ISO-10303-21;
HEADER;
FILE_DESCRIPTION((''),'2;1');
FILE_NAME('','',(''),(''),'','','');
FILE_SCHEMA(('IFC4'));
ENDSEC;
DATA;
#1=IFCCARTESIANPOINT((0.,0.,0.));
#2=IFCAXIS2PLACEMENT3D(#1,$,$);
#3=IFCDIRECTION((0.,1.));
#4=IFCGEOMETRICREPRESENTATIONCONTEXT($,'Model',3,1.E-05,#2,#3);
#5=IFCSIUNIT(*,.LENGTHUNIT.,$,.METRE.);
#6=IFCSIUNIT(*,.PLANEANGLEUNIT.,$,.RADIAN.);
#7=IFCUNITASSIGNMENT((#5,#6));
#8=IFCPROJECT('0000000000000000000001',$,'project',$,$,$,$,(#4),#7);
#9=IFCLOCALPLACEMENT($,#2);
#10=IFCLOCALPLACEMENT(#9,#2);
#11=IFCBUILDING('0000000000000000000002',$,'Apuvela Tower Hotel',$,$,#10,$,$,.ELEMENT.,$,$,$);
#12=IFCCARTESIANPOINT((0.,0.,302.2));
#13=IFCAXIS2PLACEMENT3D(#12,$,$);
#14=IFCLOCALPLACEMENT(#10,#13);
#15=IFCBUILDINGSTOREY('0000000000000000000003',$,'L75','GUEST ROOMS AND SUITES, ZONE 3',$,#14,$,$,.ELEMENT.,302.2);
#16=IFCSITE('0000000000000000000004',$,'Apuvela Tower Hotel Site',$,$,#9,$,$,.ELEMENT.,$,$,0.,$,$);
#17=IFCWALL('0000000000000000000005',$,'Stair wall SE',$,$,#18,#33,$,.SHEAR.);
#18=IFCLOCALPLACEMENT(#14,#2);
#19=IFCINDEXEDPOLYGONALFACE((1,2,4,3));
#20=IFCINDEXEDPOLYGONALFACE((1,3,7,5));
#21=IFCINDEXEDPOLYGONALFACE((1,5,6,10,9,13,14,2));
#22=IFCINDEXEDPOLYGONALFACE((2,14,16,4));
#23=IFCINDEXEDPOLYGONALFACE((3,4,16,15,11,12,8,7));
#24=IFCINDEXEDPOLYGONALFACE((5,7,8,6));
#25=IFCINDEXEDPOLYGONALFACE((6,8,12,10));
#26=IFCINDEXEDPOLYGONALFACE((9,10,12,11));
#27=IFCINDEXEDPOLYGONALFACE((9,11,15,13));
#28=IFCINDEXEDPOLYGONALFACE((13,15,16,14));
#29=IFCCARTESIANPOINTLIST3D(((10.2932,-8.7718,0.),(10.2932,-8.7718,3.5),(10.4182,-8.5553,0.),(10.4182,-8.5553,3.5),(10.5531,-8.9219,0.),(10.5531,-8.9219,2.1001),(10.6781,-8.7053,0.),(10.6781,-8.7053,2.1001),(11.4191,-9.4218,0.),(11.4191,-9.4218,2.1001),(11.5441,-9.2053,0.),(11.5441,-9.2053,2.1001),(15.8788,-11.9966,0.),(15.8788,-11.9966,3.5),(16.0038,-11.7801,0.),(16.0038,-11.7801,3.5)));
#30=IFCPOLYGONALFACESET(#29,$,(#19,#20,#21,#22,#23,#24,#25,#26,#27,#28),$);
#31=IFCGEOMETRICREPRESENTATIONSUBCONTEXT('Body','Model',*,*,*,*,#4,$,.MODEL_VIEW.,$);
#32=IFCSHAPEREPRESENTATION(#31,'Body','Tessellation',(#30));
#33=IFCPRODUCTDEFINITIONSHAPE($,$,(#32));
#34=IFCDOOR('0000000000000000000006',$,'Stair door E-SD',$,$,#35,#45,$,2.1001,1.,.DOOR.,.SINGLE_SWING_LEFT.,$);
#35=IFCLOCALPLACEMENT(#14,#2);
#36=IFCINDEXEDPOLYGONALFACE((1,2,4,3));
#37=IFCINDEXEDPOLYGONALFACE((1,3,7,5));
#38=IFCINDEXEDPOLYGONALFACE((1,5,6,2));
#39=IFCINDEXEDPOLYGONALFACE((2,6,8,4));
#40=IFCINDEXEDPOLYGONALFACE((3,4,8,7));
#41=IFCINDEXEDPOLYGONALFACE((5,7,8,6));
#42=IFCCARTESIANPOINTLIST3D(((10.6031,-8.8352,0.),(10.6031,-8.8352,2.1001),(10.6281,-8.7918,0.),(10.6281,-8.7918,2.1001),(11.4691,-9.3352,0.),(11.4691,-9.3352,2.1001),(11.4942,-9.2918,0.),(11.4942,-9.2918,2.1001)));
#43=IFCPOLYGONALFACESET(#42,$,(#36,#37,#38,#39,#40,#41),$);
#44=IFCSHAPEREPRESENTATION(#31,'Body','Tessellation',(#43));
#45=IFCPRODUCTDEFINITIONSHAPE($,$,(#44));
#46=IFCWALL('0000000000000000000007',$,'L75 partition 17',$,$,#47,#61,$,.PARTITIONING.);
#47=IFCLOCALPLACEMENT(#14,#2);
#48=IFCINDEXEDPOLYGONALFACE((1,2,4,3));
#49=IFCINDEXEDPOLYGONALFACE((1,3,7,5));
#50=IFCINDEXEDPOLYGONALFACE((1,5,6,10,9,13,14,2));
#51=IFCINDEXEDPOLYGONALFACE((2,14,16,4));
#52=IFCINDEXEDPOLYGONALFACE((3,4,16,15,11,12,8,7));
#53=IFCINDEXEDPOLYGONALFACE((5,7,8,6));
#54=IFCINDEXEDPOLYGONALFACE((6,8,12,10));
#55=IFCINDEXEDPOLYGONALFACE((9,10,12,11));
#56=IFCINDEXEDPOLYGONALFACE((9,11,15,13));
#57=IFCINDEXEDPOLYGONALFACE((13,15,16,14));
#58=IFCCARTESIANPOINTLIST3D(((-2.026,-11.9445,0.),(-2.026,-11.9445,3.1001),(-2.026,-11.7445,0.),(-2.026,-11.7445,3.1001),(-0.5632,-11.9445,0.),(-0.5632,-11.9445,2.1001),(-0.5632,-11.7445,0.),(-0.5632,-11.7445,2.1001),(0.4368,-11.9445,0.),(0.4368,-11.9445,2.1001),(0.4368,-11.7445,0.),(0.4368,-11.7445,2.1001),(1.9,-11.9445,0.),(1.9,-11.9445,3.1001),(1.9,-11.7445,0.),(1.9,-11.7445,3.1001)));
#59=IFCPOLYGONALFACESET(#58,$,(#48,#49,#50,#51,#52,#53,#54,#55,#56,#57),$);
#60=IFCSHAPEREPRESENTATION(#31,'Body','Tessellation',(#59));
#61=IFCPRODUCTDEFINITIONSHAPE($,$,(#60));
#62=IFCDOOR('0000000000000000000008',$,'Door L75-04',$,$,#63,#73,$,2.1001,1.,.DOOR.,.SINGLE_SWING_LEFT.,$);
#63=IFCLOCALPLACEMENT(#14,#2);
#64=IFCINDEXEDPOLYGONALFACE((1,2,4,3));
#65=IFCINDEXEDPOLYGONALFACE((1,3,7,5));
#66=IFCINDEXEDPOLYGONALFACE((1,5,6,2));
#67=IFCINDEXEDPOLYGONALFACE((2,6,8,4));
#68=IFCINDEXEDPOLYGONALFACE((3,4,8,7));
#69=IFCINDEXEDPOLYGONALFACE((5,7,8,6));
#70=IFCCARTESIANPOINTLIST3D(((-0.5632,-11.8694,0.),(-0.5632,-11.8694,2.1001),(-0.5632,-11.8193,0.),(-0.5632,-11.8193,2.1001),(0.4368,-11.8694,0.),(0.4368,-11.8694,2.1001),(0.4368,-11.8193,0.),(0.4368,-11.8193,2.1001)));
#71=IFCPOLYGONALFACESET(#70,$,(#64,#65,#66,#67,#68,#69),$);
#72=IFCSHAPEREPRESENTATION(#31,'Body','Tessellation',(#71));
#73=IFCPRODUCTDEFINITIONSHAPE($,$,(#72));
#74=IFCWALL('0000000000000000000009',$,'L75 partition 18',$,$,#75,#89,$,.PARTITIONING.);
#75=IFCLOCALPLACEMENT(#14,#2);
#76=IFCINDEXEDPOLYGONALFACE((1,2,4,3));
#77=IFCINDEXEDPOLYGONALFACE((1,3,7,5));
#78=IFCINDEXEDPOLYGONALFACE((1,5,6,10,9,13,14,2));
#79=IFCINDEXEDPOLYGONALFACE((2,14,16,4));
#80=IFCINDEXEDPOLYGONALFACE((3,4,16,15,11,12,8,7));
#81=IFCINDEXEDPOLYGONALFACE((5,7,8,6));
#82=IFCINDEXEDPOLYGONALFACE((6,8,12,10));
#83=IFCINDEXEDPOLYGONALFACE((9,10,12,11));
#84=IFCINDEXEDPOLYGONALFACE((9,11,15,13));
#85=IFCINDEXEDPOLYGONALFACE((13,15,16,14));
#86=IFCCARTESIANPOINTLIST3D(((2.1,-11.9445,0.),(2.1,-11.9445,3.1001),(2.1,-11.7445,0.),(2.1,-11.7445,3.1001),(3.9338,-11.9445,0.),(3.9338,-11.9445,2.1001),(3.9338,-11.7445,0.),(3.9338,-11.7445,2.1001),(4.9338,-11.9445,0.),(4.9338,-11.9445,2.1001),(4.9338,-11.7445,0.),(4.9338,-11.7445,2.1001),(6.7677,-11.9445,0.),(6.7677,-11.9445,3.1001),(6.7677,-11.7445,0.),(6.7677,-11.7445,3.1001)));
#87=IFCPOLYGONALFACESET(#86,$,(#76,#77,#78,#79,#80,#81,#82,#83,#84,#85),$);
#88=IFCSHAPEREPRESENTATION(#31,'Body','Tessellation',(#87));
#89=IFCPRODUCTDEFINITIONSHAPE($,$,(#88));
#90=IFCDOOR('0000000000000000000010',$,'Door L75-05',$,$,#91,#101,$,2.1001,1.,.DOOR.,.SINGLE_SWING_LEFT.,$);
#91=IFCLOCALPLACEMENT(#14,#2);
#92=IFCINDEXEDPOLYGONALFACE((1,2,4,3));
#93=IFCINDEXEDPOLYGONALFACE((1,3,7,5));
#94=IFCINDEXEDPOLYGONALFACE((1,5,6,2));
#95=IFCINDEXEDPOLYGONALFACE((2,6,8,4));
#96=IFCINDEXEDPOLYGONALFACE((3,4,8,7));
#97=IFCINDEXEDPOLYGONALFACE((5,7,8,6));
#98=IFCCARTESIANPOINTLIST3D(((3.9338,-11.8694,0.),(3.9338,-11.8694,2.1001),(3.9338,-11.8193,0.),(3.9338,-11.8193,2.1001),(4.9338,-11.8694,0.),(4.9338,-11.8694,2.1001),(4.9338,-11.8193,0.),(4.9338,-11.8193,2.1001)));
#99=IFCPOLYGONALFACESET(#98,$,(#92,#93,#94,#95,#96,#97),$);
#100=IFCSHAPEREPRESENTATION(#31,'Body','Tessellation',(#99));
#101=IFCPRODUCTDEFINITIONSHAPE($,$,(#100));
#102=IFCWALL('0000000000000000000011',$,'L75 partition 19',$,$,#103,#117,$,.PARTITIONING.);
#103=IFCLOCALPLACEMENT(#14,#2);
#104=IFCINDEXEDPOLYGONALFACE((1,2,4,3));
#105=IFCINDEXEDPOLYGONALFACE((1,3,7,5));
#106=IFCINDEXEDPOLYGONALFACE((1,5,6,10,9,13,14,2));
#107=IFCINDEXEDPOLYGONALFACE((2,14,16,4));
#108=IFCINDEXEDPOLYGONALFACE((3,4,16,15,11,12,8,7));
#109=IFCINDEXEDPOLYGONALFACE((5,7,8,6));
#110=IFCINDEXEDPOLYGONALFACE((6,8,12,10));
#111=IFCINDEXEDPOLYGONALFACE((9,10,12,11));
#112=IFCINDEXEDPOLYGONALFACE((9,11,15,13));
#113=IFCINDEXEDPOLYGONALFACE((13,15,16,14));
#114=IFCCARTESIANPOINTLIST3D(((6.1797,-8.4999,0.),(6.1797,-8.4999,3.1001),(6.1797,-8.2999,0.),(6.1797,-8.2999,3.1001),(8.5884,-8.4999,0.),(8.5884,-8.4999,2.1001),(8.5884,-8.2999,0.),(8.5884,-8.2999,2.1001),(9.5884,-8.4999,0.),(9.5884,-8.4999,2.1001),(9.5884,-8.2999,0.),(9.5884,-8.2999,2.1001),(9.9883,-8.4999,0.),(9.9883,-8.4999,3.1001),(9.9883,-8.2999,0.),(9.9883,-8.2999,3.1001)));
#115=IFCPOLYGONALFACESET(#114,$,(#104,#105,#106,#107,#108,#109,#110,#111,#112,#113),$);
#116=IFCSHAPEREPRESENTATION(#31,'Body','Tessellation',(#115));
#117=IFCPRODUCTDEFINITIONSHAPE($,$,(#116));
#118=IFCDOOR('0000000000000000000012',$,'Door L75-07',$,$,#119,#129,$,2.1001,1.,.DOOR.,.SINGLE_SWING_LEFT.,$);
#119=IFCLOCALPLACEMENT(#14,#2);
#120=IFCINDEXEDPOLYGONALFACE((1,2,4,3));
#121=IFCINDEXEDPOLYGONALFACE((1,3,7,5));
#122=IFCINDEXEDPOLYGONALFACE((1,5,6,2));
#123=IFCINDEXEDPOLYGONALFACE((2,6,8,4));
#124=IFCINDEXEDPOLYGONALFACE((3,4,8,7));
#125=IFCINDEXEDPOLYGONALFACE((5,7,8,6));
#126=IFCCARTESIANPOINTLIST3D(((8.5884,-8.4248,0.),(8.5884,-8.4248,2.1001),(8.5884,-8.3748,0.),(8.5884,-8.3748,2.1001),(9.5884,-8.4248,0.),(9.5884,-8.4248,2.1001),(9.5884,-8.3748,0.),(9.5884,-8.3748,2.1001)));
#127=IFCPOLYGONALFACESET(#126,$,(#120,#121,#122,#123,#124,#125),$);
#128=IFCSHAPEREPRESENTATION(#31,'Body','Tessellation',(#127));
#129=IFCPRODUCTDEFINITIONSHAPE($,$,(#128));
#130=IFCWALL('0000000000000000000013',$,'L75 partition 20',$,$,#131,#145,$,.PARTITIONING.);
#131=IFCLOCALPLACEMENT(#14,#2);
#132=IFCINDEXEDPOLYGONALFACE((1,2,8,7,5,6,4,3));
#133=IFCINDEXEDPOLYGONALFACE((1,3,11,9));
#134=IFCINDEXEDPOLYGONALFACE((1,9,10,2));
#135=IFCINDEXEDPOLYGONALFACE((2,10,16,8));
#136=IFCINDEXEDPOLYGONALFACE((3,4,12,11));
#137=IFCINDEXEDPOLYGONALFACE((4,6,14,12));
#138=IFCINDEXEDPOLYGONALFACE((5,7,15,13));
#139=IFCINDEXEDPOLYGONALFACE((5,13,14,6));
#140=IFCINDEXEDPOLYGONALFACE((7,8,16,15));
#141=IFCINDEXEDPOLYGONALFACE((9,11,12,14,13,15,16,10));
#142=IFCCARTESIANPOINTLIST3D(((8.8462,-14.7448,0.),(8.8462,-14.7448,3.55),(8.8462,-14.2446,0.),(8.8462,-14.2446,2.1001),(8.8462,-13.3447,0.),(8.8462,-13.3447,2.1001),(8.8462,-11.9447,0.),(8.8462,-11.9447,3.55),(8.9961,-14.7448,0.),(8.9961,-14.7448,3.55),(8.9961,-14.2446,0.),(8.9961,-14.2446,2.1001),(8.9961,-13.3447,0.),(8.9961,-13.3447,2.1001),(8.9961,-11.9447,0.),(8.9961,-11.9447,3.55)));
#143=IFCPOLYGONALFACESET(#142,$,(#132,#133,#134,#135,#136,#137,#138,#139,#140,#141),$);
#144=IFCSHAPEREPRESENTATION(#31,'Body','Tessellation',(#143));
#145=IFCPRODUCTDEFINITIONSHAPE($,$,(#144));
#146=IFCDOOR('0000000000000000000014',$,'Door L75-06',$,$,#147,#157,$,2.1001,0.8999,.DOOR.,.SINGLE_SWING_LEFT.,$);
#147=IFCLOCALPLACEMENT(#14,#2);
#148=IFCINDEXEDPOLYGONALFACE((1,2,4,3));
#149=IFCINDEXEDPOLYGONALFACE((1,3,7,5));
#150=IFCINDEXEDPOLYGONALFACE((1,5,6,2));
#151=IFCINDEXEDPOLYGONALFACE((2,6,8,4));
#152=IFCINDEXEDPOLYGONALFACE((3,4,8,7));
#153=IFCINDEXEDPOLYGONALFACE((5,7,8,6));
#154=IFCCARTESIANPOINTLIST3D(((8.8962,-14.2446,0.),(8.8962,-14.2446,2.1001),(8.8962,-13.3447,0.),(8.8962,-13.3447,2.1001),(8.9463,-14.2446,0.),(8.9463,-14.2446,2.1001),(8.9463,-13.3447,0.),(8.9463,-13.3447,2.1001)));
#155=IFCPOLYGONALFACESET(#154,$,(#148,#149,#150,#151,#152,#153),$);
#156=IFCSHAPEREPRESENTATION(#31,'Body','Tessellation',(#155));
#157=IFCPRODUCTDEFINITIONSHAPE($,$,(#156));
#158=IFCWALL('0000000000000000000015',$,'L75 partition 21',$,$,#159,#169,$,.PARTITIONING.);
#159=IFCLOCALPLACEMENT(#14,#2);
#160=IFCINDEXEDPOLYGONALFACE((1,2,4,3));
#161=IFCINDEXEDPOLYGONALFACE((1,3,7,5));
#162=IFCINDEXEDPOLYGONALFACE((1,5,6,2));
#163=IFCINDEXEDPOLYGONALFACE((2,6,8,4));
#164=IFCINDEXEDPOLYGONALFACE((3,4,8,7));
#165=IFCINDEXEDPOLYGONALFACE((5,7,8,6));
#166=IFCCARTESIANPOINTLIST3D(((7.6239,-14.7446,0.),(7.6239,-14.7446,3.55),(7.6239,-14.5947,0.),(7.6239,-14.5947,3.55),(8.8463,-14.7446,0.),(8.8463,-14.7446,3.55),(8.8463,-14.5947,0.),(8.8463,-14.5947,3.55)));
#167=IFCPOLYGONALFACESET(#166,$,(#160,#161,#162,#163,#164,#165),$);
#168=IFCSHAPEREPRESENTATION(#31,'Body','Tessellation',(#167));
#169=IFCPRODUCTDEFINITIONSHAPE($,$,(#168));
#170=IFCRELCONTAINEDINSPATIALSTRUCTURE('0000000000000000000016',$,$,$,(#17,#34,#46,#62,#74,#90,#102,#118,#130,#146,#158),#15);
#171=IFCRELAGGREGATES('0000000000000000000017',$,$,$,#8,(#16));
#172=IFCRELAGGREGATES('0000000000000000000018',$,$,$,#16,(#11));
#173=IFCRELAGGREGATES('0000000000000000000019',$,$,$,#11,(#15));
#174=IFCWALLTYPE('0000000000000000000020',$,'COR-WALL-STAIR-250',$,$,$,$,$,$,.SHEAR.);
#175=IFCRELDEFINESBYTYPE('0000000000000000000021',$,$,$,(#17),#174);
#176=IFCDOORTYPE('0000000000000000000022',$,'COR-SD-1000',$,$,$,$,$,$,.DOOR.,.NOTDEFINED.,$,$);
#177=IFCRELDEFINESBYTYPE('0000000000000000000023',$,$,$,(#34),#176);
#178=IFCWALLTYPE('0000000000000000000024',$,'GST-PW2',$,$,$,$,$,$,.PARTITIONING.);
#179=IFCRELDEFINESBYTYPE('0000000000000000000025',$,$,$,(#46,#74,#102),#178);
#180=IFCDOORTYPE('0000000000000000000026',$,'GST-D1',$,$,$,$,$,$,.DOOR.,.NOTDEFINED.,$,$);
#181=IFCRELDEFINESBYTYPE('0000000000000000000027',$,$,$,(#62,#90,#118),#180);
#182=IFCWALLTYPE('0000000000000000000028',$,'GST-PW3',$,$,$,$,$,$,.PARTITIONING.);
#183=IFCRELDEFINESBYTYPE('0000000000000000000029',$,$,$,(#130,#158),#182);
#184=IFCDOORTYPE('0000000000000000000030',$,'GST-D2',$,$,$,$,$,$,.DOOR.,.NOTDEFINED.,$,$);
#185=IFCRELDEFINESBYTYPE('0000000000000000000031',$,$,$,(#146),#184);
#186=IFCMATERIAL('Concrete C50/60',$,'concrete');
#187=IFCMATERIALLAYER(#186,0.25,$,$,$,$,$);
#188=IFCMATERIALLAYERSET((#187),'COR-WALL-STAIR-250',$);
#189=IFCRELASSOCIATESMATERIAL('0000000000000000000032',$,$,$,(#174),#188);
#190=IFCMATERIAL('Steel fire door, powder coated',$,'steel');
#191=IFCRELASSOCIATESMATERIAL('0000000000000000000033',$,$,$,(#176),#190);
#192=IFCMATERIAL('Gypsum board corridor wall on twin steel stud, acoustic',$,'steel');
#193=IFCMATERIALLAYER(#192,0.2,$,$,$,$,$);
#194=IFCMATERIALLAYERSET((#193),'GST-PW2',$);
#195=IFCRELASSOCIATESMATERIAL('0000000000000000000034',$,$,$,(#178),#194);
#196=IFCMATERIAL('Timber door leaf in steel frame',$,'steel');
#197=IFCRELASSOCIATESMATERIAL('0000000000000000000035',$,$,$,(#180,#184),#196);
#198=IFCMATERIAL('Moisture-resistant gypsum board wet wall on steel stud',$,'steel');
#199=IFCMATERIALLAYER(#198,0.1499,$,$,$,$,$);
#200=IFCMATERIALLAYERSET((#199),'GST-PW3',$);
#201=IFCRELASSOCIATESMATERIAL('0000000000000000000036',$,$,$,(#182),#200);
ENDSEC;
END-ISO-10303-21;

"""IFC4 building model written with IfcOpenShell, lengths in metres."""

from ifc_helpers import new_model, si_unit, direction, frame, frame_2d, origin, place, context, subcontext, project, spatial, rectangle, extrude, material, layer, layer_set, type_object, element, fill, save


model = new_model("IFC4")

# Units and contexts
model_context = context("Model", 3, precision=1e-05, world=origin(), true_north=direction((0.0, 1.0)))
body_context = subcontext(model_context, "Body", "Model", "MODEL_VIEW")
ifc_project = project(units=[si_unit("LENGTHUNIT", "METRE"), si_unit("PLANEANGLEUNIT", "RADIAN")], contexts=[model_context])

# Site, building, storey
site_placement = place(None, origin())
site = spatial("IfcSite", under=ifc_project, at=site_placement, Name="Apuvela Tower Hotel Site", CompositionType="ELEMENT", RefElevation=0.0)
building_placement = place(site_placement, origin())
building = spatial("IfcBuilding", under=site, at=building_placement, Name="Apuvela Tower Hotel", CompositionType="ELEMENT")
storey_placement = place(building_placement, frame((0.0, 0.0, 302.2)))
storey = spatial("IfcBuildingStorey", under=building, at=storey_placement, Name="L75", Description="GUEST ROOMS AND SUITES, ZONE 3", CompositionType="ELEMENT", Elevation=302.2)

# Shared definitions
ifc_material_1 = material(Name="Concrete C50/60", Category="concrete")
ifc_material_2 = material(Name="Steel fire door, powder coated", Category="steel")

# Walls, openings, doors
ifc_layer_1 = layer(ifc_material_1, 0.25)
ifc_layer_set_1 = layer_set([ifc_layer_1], Name="COR-WALL-STAIR-250")
wall_type_1 = type_object("IfcWallType", Name="COR-WALL-STAIR-250", PredefinedType="SHEAR", material=ifc_layer_set_1)
wall_1_placement = place(storey_placement, frame((10.3557, -8.6636, 0.0), z_axis=(0.0, 0.0, 1.0), x_axis=(0.866029, -0.499994, 0.0)))
wall_1 = element("IfcWall", 1, at=wall_1_placement, inside=storey, type_object=wall_type_1, Name="Stair wall SE", PredefinedType="SHEAR", context=body_context, shape_type="SweptSolid", body=[
    extrude(rectangle(XDim=6.4497, YDim=0.25, at=frame_2d((3.2249, 0.0))), origin(), (0.0, 0.0, 1.0), 3.5),
])
opening_1_placement = place(wall_1_placement, frame((0.3, 0.0, 0.0)))
opening_1 = element("IfcOpeningElement", 2, at=opening_1_placement, cuts=wall_1, PredefinedType="OPENING", context=body_context, shape_type="SweptSolid", body=[
    extrude(rectangle(XDim=1.0, YDim=2.1001, at=frame_2d((0.5, 1.05))), frame((0.0, 0.135, 0.0), z_axis=(0.0, -1.0, 0.0), x_axis=(1.0, 0.0, 0.0)), (0.0, 0.0, 1.0), 0.27),
])
door_type_1 = type_object("IfcDoorType", Name="COR-SD-1000", OperationType="NOTDEFINED", PredefinedType="DOOR", material=ifc_material_2)
door_1_placement = place(opening_1_placement, frame((1.0, 0.0, 0.0), z_axis=(0.0, 0.0, 1.0), x_axis=(-1.0, 0.0, 0.0)))
door_1 = element("IfcDoor", 3, at=door_1_placement, inside=storey, type_object=door_type_1, Name="Stair door E-SD", OperationType="SINGLE_SWING_LEFT", OverallHeight=2.1001, OverallWidth=1.0, PredefinedType="DOOR", context=body_context, shape_type="SweptSolid", body=[
    extrude(rectangle(XDim=1.0, YDim=2.1001, at=frame_2d((0.5, 1.05))), frame((0.0, 0.0249, 0.0), z_axis=(0.0, -1.0, 0.0), x_axis=(1.0, 0.0, 0.0)), (0.0, 0.0, 1.0), 0.05),
])
fill(opening_1, door_1)
ifc_material_3 = material(Name="Gypsum board corridor wall on twin steel stud, acoustic", Category="steel")
ifc_layer_2 = layer(ifc_material_3, 0.2)
ifc_layer_set_2 = layer_set([ifc_layer_2], Name="GST-PW2")
wall_type_2 = type_object("IfcWallType", Name="GST-PW2", PredefinedType="PARTITIONING", material=ifc_layer_set_2)
wall_2_placement = place(storey_placement, frame((1.8999, -11.8445, 0.0), z_axis=(0.0, 0.0, 1.0), x_axis=(-1.0, 0.0, 0.0)))
wall_2 = element("IfcWall", 4, at=wall_2_placement, inside=storey, type_object=wall_type_2, Name="L75 partition 17", PredefinedType="PARTITIONING", context=body_context, shape_type="SweptSolid", body=[
    extrude(rectangle(XDim=3.926, YDim=0.2, at=frame_2d((1.9629, 0.0))), origin(), (0.0, 0.0, 1.0), 3.1001),
])
opening_2_placement = place(wall_2_placement, frame((1.4631, 0.0, 0.0)))
opening_2 = element("IfcOpeningElement", 5, at=opening_2_placement, cuts=wall_2, PredefinedType="OPENING", context=body_context, shape_type="SweptSolid", body=[
    extrude(rectangle(XDim=1.0, YDim=2.1001, at=frame_2d((0.5, 1.05))), frame((0.0, 0.1099, 0.0), z_axis=(0.0, -1.0, 0.0), x_axis=(1.0, 0.0, 0.0)), (0.0, 0.0, 1.0), 0.22),
])
ifc_material_4 = material(Name="Timber door leaf in steel frame", Category="steel")
door_type_2 = type_object("IfcDoorType", Name="GST-D1", OperationType="NOTDEFINED", PredefinedType="DOOR", material=ifc_material_4)
door_2_placement = place(opening_2_placement, origin())
door_2 = element("IfcDoor", 6, at=door_2_placement, inside=storey, type_object=door_type_2, Name="Door L75-04", OperationType="SINGLE_SWING_LEFT", OverallHeight=2.1001, OverallWidth=1.0, PredefinedType="DOOR", context=body_context, shape_type="SweptSolid", body=[
    extrude(rectangle(XDim=1.0, YDim=2.1001, at=frame_2d((0.5, 1.05))), frame((0.0, 0.0249, 0.0), z_axis=(0.0, -1.0, 0.0), x_axis=(1.0, 0.0, 0.0)), (0.0, 0.0, 1.0), 0.05),
])
fill(opening_2, door_2)
wall_3_placement = place(storey_placement, frame((6.7678, -11.8445, 0.0), z_axis=(0.0, 0.0, 1.0), x_axis=(-1.0, 0.0, 0.0)))
wall_3 = element("IfcWall", 7, at=wall_3_placement, inside=storey, type_object=wall_type_2, Name="L75 partition 18", PredefinedType="PARTITIONING", context=body_context, shape_type="SweptSolid", body=[
    extrude(rectangle(XDim=4.6677, YDim=0.2, at=frame_2d((2.334, 0.0))), origin(), (0.0, 0.0, 1.0), 3.1001),
])
opening_3_placement = place(wall_3_placement, frame((1.834, 0.0, 0.0)))
opening_3 = element("IfcOpeningElement", 8, at=opening_3_placement, cuts=wall_3, PredefinedType="OPENING", context=body_context, shape_type="SweptSolid", body=[
    extrude(rectangle(XDim=1.0, YDim=2.1001, at=frame_2d((0.5, 1.05))), frame((0.0, 0.1099, 0.0), z_axis=(0.0, -1.0, 0.0), x_axis=(1.0, 0.0, 0.0)), (0.0, 0.0, 1.0), 0.22),
])
door_3_placement = place(opening_3_placement, origin())
door_3 = element("IfcDoor", 9, at=door_3_placement, inside=storey, type_object=door_type_2, Name="Door L75-05", OperationType="SINGLE_SWING_LEFT", OverallHeight=2.1001, OverallWidth=1.0, PredefinedType="DOOR", context=body_context, shape_type="SweptSolid", body=[
    extrude(rectangle(XDim=1.0, YDim=2.1001, at=frame_2d((0.5, 1.05))), frame((0.0, 0.0249, 0.0), z_axis=(0.0, -1.0, 0.0), x_axis=(1.0, 0.0, 0.0)), (0.0, 0.0, 1.0), 0.05),
])
fill(opening_3, door_3)
wall_4_placement = place(storey_placement, frame((9.9883, -8.3999, 0.0), z_axis=(0.0, 0.0, 1.0), x_axis=(-1.0, 0.0, 0.0)))
wall_4 = element("IfcWall", 10, at=wall_4_placement, inside=storey, type_object=wall_type_2, Name="L75 partition 19", PredefinedType="PARTITIONING", context=body_context, shape_type="SweptSolid", body=[
    extrude(rectangle(XDim=3.8086, YDim=0.2, at=frame_2d((1.9043, 0.0))), origin(), (0.0, 0.0, 1.0), 3.1001),
])
opening_4_placement = place(wall_4_placement, frame((0.3999, 0.0, 0.0)))
opening_4 = element("IfcOpeningElement", 11, at=opening_4_placement, cuts=wall_4, PredefinedType="OPENING", context=body_context, shape_type="SweptSolid", body=[
    extrude(rectangle(XDim=1.0, YDim=2.1001, at=frame_2d((0.5, 1.05))), frame((0.0, 0.1099, 0.0), z_axis=(0.0, -1.0, 0.0), x_axis=(1.0, 0.0, 0.0)), (0.0, 0.0, 1.0), 0.22),
])
door_4_placement = place(opening_4_placement, origin())
door_4 = element("IfcDoor", 12, at=door_4_placement, inside=storey, type_object=door_type_2, Name="Door L75-07", OperationType="SINGLE_SWING_LEFT", OverallHeight=2.1001, OverallWidth=1.0, PredefinedType="DOOR", context=body_context, shape_type="SweptSolid", body=[
    extrude(rectangle(XDim=1.0, YDim=2.1001, at=frame_2d((0.5, 1.05))), frame((0.0, 0.0249, 0.0), z_axis=(0.0, -1.0, 0.0), x_axis=(1.0, 0.0, 0.0)), (0.0, 0.0, 1.0), 0.05),
])
fill(opening_4, door_4)
ifc_material_5 = material(Name="Moisture-resistant gypsum board wet wall on steel stud", Category="steel")
ifc_layer_3 = layer(ifc_material_5, 0.1499)
ifc_layer_set_3 = layer_set([ifc_layer_3], Name="GST-PW3")
wall_type_3 = type_object("IfcWallType", Name="GST-PW3", PredefinedType="PARTITIONING", material=ifc_layer_set_3)
wall_5_placement = place(storey_placement, frame((8.9211, -14.7446, 0.0), z_axis=(0.0, 0.0, 1.0), x_axis=(0.0, 1.0, 0.0)))
wall_5 = element("IfcWall", 13, at=wall_5_placement, inside=storey, type_object=wall_type_3, Name="L75 partition 20", PredefinedType="PARTITIONING", context=body_context, shape_type="SweptSolid", body=[
    extrude(rectangle(XDim=2.8, YDim=0.1499, at=frame_2d((1.3999, 0.0))), origin(), (0.0, 0.0, 1.0), 3.55),
])
opening_5_placement = place(wall_5_placement, frame((0.5, 0.0, 0.0)))
opening_5 = element("IfcOpeningElement", 14, at=opening_5_placement, cuts=wall_5, PredefinedType="OPENING", context=body_context, shape_type="SweptSolid", body=[
    extrude(rectangle(XDim=0.8999, YDim=2.1001, at=frame_2d((0.45, 1.05))), frame((0.0, 0.085, 0.0), z_axis=(0.0, -1.0, 0.0), x_axis=(1.0, 0.0, 0.0)), (0.0, 0.0, 1.0), 0.1699),
])
door_type_3 = type_object("IfcDoorType", Name="GST-D2", OperationType="NOTDEFINED", PredefinedType="DOOR", material=ifc_material_4)
door_5_placement = place(opening_5_placement, origin())
door_5 = element("IfcDoor", 15, at=door_5_placement, inside=storey, type_object=door_type_3, Name="Door L75-06", OperationType="SINGLE_SWING_LEFT", OverallHeight=2.1001, OverallWidth=0.8999, PredefinedType="DOOR", context=body_context, shape_type="SweptSolid", body=[
    extrude(rectangle(XDim=0.8999, YDim=2.1001, at=frame_2d((0.45, 1.05))), frame((0.0, 0.0249, 0.0), z_axis=(0.0, -1.0, 0.0), x_axis=(1.0, 0.0, 0.0)), (0.0, 0.0, 1.0), 0.05),
])
fill(opening_5, door_5)

# Wall
wall_6_placement = place(storey_placement, frame((7.6238, -14.6697, 0.0), z_axis=(0.0, 0.0, 1.0), x_axis=(1.0, 0.0, 0.0)))
element("IfcWall", 16, at=wall_6_placement, inside=storey, type_object=wall_type_3, Name="L75 partition 21", PredefinedType="PARTITIONING", context=body_context, shape_type="SweptSolid", body=[
    extrude(rectangle(XDim=1.2224, YDim=0.1499, at=frame_2d((0.6113, 0.0))), origin(), (0.0, 0.0, 1.0), 3.55),
])

save(model, "model.ifc")
